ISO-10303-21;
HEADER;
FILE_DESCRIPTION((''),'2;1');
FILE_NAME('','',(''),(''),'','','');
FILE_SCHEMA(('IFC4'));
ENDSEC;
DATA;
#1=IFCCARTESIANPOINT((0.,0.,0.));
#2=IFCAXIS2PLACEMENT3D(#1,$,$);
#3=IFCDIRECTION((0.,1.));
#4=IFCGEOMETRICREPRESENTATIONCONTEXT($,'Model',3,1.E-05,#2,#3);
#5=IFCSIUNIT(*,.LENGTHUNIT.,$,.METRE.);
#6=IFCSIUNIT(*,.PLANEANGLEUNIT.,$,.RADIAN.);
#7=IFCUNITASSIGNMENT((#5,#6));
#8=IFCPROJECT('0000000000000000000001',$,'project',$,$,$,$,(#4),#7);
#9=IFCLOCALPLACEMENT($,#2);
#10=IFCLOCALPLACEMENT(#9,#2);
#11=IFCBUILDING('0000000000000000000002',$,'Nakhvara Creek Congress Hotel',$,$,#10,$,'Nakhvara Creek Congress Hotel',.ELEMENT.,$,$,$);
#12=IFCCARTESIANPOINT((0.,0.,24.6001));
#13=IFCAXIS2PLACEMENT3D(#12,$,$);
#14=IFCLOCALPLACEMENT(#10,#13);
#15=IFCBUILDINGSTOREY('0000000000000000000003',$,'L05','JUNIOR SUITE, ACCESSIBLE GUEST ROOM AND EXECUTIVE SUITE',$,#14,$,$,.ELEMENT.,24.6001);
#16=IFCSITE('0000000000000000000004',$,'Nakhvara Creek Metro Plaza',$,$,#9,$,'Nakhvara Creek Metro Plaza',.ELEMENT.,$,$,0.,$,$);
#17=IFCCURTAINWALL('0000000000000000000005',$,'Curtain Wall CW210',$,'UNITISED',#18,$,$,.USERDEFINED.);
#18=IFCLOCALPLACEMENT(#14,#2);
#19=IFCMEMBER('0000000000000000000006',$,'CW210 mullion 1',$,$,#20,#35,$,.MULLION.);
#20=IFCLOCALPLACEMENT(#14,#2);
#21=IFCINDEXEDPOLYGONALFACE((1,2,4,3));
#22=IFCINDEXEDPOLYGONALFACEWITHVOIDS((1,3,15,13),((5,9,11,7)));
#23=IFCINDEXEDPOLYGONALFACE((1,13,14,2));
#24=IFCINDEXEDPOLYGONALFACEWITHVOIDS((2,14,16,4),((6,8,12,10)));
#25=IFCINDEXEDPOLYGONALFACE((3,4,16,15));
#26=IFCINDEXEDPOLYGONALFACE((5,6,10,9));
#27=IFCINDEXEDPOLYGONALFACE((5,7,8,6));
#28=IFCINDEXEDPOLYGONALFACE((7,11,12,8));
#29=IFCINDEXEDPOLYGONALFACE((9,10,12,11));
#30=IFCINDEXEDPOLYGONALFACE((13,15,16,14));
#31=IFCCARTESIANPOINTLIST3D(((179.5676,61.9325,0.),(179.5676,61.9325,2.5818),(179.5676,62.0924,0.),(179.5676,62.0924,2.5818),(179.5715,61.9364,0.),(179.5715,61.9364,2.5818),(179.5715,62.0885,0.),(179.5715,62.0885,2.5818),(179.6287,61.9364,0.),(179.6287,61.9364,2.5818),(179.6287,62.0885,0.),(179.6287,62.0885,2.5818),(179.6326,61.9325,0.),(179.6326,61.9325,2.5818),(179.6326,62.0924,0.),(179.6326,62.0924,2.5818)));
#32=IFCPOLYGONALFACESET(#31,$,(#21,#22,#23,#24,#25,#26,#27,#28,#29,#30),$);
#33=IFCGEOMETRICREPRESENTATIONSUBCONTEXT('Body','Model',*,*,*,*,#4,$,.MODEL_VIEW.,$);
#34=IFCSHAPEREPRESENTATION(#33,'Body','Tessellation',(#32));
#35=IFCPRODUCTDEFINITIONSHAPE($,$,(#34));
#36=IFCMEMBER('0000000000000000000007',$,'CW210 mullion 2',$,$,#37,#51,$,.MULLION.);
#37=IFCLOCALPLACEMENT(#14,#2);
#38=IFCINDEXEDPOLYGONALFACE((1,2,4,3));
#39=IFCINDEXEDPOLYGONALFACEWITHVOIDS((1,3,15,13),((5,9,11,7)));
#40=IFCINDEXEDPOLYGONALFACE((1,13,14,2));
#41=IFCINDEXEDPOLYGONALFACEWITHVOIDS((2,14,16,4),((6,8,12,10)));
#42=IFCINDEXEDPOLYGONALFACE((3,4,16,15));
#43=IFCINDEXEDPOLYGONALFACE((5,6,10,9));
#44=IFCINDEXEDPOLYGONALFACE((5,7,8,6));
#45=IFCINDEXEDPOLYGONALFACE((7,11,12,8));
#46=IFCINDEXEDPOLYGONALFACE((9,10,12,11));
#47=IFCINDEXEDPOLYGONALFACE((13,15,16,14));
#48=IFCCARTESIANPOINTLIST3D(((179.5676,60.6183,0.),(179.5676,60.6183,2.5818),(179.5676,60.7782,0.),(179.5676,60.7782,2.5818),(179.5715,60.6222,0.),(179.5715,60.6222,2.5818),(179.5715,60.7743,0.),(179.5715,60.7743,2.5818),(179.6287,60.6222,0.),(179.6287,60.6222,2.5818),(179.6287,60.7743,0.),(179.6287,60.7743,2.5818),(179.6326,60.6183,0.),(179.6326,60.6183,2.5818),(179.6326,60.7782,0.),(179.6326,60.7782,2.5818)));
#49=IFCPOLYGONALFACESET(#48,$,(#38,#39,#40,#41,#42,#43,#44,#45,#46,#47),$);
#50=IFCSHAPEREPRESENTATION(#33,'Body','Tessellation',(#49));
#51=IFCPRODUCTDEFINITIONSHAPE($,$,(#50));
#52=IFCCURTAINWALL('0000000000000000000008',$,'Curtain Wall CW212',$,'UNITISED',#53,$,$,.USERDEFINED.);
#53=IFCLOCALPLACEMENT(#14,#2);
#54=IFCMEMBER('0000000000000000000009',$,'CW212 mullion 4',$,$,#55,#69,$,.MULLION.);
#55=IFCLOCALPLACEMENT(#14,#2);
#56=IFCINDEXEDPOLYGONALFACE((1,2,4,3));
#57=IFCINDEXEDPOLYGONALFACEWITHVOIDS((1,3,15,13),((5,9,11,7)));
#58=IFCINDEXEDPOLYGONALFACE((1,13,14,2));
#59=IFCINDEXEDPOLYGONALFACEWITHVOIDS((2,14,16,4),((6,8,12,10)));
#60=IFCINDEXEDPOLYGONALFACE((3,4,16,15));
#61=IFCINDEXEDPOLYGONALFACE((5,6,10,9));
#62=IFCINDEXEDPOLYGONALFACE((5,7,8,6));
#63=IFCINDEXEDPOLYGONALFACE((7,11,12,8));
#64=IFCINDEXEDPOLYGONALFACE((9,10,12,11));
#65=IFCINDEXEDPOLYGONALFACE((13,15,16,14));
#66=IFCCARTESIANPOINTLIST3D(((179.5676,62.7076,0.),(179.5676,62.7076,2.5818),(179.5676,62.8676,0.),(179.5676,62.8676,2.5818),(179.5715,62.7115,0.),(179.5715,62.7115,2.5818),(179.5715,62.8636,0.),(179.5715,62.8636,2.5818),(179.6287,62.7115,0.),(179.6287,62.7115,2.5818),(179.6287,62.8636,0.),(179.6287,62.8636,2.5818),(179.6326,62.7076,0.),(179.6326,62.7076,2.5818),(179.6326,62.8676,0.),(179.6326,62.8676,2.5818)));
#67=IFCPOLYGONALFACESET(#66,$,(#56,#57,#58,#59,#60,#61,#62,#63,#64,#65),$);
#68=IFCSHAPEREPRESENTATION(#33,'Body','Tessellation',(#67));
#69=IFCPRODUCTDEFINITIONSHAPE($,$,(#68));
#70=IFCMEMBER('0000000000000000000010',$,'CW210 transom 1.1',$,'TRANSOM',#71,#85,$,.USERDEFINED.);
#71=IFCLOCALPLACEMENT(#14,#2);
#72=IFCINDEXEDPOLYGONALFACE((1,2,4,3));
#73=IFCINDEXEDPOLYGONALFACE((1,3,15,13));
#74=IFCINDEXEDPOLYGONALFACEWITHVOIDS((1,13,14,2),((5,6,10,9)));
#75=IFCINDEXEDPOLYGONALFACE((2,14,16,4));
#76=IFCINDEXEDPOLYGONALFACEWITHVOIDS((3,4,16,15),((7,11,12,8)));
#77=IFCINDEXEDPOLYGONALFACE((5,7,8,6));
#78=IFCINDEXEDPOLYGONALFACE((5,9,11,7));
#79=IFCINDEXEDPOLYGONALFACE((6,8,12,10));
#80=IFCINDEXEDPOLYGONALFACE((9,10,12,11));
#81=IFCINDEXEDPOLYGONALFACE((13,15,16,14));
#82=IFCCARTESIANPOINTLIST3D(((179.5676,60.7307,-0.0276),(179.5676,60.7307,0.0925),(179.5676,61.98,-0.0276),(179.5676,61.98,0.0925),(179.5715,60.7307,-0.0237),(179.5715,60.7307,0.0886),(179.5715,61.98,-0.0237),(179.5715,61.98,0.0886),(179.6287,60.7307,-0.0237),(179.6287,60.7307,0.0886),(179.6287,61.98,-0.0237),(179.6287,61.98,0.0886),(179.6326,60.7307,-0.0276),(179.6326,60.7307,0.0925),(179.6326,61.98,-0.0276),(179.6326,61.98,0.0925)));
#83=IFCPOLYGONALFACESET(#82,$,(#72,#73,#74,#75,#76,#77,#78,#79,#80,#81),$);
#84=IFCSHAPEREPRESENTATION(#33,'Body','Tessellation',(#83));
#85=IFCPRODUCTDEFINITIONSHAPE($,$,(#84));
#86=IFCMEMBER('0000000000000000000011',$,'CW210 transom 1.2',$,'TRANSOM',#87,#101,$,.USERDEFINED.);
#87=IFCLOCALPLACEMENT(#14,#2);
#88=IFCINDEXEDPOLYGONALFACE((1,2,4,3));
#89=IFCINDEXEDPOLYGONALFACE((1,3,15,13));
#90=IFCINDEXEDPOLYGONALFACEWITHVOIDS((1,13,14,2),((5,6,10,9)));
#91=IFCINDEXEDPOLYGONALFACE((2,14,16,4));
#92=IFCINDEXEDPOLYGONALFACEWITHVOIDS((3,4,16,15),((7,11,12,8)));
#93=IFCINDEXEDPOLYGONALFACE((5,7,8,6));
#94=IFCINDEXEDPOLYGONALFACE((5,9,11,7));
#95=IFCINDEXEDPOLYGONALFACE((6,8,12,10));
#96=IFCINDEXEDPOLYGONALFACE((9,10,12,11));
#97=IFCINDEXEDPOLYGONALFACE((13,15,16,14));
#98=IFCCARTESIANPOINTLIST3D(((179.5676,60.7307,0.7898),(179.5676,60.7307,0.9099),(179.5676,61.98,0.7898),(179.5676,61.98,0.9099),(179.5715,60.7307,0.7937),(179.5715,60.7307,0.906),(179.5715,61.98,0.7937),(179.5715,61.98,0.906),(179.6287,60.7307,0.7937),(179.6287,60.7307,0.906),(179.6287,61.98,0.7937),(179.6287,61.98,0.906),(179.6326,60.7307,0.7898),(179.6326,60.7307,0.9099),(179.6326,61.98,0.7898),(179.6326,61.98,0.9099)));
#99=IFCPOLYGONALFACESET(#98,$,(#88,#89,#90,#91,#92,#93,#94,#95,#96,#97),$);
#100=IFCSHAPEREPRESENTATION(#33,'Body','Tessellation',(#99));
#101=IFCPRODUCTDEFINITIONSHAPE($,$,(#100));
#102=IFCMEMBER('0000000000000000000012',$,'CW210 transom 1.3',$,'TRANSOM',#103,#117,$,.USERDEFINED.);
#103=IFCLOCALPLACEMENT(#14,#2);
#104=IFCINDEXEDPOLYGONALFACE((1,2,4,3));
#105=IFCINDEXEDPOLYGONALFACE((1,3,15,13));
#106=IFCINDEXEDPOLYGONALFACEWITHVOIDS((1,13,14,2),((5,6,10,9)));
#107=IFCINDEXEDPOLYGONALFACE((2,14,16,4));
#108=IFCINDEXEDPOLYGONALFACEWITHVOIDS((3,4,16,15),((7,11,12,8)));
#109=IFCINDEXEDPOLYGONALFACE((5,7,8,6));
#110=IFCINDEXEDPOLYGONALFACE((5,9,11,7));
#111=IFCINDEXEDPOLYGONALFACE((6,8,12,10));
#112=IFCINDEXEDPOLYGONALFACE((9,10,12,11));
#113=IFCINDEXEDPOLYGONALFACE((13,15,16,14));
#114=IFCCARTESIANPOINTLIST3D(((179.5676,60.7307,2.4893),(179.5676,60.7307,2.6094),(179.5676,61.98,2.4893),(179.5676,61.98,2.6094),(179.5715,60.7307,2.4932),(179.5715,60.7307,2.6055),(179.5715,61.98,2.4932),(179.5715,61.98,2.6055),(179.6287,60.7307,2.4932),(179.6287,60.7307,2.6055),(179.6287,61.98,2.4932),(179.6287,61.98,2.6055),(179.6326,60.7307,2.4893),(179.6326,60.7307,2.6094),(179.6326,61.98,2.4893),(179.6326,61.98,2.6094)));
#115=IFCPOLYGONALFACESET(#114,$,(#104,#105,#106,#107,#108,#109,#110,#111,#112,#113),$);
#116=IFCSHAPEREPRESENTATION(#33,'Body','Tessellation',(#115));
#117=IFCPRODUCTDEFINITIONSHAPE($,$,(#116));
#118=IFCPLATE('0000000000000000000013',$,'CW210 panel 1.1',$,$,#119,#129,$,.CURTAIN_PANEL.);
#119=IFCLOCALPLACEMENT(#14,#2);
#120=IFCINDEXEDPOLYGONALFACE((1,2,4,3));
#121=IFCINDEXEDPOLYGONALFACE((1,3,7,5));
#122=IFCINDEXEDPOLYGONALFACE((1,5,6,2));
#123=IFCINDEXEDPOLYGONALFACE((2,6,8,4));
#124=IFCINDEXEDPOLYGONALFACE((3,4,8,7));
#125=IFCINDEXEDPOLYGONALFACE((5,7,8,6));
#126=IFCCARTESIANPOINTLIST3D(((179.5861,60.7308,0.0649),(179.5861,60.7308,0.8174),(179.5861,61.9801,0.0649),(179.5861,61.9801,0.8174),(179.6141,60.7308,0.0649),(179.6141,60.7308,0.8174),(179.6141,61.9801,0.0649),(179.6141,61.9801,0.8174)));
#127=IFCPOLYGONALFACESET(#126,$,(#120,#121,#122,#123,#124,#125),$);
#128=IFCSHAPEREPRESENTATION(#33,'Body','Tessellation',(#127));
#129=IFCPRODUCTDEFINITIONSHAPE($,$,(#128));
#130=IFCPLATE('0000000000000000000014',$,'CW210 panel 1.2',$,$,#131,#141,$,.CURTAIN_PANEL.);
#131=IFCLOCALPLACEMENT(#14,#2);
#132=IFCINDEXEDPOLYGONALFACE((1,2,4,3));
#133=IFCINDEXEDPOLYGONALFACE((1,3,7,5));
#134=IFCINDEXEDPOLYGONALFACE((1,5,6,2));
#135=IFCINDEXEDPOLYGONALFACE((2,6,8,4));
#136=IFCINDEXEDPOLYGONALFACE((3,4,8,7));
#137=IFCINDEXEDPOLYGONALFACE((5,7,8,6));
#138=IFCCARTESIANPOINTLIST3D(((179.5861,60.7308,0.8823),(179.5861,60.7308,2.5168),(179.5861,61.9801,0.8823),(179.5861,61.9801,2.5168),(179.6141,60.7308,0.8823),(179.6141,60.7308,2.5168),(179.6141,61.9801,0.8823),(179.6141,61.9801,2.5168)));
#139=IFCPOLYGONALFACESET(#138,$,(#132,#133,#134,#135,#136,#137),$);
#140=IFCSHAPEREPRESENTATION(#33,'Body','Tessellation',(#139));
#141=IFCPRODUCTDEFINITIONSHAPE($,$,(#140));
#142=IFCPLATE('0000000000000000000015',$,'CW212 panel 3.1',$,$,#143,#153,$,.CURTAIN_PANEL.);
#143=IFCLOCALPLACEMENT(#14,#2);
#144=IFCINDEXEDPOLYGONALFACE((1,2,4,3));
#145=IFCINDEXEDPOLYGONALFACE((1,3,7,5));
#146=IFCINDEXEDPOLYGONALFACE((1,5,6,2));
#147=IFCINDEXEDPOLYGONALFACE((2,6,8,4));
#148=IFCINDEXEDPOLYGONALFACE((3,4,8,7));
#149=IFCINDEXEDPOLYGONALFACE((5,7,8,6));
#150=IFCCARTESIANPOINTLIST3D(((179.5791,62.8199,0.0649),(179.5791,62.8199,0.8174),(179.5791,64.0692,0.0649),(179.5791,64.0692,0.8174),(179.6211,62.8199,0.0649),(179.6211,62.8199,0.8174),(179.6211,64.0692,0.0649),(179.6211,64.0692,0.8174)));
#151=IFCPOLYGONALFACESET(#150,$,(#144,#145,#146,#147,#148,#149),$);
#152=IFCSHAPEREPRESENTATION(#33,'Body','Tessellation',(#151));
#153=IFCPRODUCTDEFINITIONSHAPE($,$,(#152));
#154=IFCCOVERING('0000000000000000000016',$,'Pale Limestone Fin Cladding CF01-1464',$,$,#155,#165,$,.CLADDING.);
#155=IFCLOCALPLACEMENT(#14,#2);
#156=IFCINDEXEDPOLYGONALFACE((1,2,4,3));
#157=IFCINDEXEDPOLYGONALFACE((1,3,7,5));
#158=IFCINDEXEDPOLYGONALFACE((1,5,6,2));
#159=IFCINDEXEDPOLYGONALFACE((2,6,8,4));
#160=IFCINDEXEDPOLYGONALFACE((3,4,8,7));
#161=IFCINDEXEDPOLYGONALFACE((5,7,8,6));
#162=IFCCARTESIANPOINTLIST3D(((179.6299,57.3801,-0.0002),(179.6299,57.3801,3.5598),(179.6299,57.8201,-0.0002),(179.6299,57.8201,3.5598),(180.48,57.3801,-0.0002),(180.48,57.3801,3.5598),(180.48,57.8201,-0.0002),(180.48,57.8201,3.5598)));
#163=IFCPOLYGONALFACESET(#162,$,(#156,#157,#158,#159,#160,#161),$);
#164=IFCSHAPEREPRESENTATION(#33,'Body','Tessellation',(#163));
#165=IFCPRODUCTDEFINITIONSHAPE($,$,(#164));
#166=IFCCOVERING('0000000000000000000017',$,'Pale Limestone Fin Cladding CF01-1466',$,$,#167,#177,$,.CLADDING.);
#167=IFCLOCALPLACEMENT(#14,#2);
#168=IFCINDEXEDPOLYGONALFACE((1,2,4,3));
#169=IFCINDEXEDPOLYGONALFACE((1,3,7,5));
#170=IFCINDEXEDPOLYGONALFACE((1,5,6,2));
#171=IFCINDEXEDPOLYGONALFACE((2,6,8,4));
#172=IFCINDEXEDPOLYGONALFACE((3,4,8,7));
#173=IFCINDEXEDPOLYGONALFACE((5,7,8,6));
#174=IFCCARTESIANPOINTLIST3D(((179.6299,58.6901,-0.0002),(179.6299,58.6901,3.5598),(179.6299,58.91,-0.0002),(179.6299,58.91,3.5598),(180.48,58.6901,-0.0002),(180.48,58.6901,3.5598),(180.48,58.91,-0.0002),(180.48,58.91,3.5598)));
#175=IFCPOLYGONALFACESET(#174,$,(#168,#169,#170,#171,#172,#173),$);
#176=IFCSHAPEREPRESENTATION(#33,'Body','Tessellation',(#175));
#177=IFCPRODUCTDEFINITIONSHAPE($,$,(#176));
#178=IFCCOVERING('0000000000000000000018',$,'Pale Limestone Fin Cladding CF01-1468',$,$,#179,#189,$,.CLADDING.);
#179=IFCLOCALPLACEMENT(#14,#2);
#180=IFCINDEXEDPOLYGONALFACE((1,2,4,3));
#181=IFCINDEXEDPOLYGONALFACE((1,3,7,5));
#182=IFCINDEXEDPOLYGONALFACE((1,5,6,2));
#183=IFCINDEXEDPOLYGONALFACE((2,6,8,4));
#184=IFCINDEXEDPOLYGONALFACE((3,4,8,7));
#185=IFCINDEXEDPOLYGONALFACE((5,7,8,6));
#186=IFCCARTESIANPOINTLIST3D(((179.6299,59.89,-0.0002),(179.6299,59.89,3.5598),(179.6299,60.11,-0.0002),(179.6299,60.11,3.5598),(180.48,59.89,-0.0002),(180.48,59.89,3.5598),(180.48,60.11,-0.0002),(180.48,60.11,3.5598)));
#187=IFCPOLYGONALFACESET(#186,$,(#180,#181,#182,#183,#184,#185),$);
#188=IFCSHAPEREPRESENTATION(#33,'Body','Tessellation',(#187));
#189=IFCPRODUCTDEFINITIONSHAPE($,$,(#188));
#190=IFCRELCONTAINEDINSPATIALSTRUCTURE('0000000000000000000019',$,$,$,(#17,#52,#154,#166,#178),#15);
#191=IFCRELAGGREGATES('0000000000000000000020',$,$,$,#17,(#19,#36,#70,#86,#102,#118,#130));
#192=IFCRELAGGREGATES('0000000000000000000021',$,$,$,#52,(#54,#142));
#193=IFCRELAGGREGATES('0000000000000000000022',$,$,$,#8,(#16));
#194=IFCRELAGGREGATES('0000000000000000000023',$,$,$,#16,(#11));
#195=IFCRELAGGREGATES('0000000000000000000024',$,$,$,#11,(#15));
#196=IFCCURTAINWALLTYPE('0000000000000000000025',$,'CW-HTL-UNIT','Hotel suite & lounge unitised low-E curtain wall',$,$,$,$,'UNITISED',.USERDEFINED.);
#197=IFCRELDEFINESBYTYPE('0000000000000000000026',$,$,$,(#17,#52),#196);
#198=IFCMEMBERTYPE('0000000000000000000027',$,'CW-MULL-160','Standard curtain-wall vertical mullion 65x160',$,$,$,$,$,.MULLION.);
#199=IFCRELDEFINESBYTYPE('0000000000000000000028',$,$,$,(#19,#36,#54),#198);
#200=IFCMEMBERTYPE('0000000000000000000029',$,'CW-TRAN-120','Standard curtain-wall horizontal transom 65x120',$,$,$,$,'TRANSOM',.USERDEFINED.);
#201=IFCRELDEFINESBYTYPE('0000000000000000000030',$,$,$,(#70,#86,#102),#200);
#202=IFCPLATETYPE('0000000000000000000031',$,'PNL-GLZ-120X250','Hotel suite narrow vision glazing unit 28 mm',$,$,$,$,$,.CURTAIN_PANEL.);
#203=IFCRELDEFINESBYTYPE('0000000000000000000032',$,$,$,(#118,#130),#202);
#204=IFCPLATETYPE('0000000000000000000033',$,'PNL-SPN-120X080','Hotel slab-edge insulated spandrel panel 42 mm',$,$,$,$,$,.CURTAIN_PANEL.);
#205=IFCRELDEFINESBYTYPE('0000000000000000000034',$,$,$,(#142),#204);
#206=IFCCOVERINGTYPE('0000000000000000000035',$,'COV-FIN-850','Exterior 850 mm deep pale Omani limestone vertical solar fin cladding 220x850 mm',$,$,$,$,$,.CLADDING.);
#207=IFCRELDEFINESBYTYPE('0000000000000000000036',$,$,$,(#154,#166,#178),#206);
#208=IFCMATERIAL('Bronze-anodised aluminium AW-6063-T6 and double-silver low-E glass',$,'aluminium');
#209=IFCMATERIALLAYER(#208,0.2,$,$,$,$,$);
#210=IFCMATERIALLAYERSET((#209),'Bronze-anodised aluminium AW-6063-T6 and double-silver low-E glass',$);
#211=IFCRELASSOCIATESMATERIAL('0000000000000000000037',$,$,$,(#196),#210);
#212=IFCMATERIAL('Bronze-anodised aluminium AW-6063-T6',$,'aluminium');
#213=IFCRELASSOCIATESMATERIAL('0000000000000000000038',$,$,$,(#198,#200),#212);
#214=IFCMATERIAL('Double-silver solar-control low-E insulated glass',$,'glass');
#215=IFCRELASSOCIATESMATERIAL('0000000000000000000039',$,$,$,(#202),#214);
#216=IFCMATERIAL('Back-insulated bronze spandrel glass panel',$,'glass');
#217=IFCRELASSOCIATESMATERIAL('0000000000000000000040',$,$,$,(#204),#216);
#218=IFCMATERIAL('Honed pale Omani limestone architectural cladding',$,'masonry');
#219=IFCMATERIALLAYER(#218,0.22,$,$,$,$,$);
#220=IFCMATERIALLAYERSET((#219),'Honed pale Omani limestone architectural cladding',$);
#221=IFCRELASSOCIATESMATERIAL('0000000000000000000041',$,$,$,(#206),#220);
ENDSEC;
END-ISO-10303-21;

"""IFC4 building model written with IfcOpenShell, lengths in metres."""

from ifc_helpers import new_model, si_unit, direction, frame, origin, origin_2d, place, context, subcontext, project, spatial, rectangle, hollow_rectangle, extrude, material, layer, layer_set, material_profile, profile_set, type_object, element, aggregate, save


model = new_model("IFC4")

# Units and contexts
model_context = context("Model", 3, precision=1e-05, world=origin(), true_north=direction((0.0, 1.0)))
body_context = subcontext(model_context, "Body", "Model", "MODEL_VIEW")
ifc_project = project(units=[si_unit("LENGTHUNIT", "METRE"), si_unit("PLANEANGLEUNIT", "RADIAN")], contexts=[model_context])

# Site, building, storey
site_placement = place(None, origin())
site = spatial("IfcSite", under=ifc_project, at=site_placement, Name="Nakhvara Creek Metro Plaza", LongName="Nakhvara Creek Metro Plaza", CompositionType="ELEMENT", RefElevation=0.0)
building_placement = place(site_placement, origin())
building = spatial("IfcBuilding", under=site, at=building_placement, Name="Nakhvara Creek Congress Hotel", LongName="Nakhvara Creek Congress Hotel", CompositionType="ELEMENT")
storey_placement = place(building_placement, frame((0.0, 0.0, 24.6001)))
storey = spatial("IfcBuildingStorey", under=building, at=storey_placement, Name="L05", Description="JUNIOR SUITE, ACCESSIBLE GUEST ROOM AND EXECUTIVE SUITE", CompositionType="ELEMENT", Elevation=24.6001)

# Curtain wall, members
ifc_material_1 = material(Name="Bronze-anodised aluminium AW-6063-T6 and double-silver low-E glass", Category="aluminium")
ifc_layer_1 = layer(ifc_material_1, 0.2)
ifc_layer_set_1 = layer_set([ifc_layer_1], Name="Bronze-anodised aluminium AW-6063-T6 and double-silver low-E glass")
curtain_wall_type = type_object("IfcCurtainWallType", Name="CW-HTL-UNIT", Description="Hotel suite & lounge unitised low-E curtain wall", ElementType="UNITISED", PredefinedType="USERDEFINED", material=ifc_layer_set_1)
curtain_wall_1_placement = place(storey_placement, origin())
curtain_wall_1 = element("IfcCurtainWall", 1, at=curtain_wall_1_placement, inside=storey, type_object=curtain_wall_type, Name="Curtain Wall CW210", ObjectType="UNITISED", PredefinedType="USERDEFINED")
ifc_material_2 = material(Name="Bronze-anodised aluminium AW-6063-T6", Category="aluminium")
ifc_material_profile_1 = material_profile(ifc_material_2, hollow_rectangle(XDim=0.0649, YDim=0.1599, WallThickness=0.0039, at=origin_2d()), Name="ALU-MULL 65x160x4", Category="LoadBearing")
ifc_profile_set_1 = profile_set([ifc_material_profile_1], Name="Bronze-anodised aluminium AW-6063-T6")
member_type_1 = type_object("IfcMemberType", Name="CW-MULL-160", Description="Standard curtain-wall vertical mullion 65x160", PredefinedType="MULLION", material=ifc_profile_set_1)
member_1_placement = place(storey_placement, frame((179.6001, 62.0125, 0.0), z_axis=(0.0, 0.0, 1.0), x_axis=(1.0, 0.0, 0.0)))
member_1 = element("IfcMember", 2, at=member_1_placement, type_object=member_type_1, Name="CW210 mullion 1", PredefinedType="MULLION", context=body_context, shape_type="SweptSolid", body=[
    extrude(hollow_rectangle(XDim=0.0649, YDim=0.1599, WallThickness=0.0039, at=origin_2d()), origin(), (0.0, 0.0, 1.0), 2.5818),
])
member_2_placement = place(storey_placement, frame((179.6001, 60.6982, 0.0), z_axis=(0.0, 0.0, 1.0), x_axis=(1.0, 0.0, 0.0)))
member_2 = element("IfcMember", 3, at=member_2_placement, type_object=member_type_1, Name="CW210 mullion 2", PredefinedType="MULLION", context=body_context, shape_type="SweptSolid", body=[
    extrude(hollow_rectangle(XDim=0.0649, YDim=0.1599, WallThickness=0.0039, at=origin_2d()), origin(), (0.0, 0.0, 1.0), 2.5818),
])

# Curtain wall, member
curtain_wall_2_placement = place(storey_placement, origin())
curtain_wall_2 = element("IfcCurtainWall", 4, at=curtain_wall_2_placement, inside=storey, type_object=curtain_wall_type, Name="Curtain Wall CW212", ObjectType="UNITISED", PredefinedType="USERDEFINED")
member_3_placement = place(storey_placement, frame((179.6001, 62.7876, 0.0), z_axis=(0.0, 0.0, 1.0), x_axis=(1.0, 0.0, 0.0)))
member_3 = element("IfcMember", 5, at=member_3_placement, type_object=member_type_1, Name="CW212 mullion 4", PredefinedType="MULLION", context=body_context, shape_type="SweptSolid", body=[
    extrude(hollow_rectangle(XDim=0.0649, YDim=0.1599, WallThickness=0.0039, at=origin_2d()), origin(), (0.0, 0.0, 1.0), 2.5818),
])

# Members
ifc_material_profile_2 = material_profile(ifc_material_2, hollow_rectangle(XDim=0.0649, YDim=0.1201, WallThickness=0.0039, at=origin_2d()), Name="ALU-TRAN 65x120x4", Category="LoadBearing")
ifc_profile_set_2 = profile_set([ifc_material_profile_2], Name="Bronze-anodised aluminium AW-6063-T6")
member_type_2 = type_object("IfcMemberType", Name="CW-TRAN-120", Description="Standard curtain-wall horizontal transom 65x120", ElementType="TRANSOM", PredefinedType="USERDEFINED", material=ifc_profile_set_2)
member_4_placement = place(storey_placement, frame((179.6001, 61.98, 0.0325), z_axis=(0.0, -1.0, 0.0), x_axis=(1.0, 0.0, 0.0)))
member_4 = element("IfcMember", 6, at=member_4_placement, type_object=member_type_2, Name="CW210 transom 1.1", ObjectType="TRANSOM", PredefinedType="USERDEFINED", context=body_context, shape_type="SweptSolid", body=[
    extrude(hollow_rectangle(XDim=0.0649, YDim=0.1201, WallThickness=0.0039, at=origin_2d()), origin(), (0.0, 0.0, 1.0), 1.2493),
])
member_5_placement = place(storey_placement, frame((179.6001, 61.98, 0.8499), z_axis=(0.0, -1.0, 0.0), x_axis=(1.0, 0.0, 0.0)))
member_5 = element("IfcMember", 7, at=member_5_placement, type_object=member_type_2, Name="CW210 transom 1.2", ObjectType="TRANSOM", PredefinedType="USERDEFINED", context=body_context, shape_type="SweptSolid", body=[
    extrude(hollow_rectangle(XDim=0.0649, YDim=0.1201, WallThickness=0.0039, at=origin_2d()), origin(), (0.0, 0.0, 1.0), 1.2493),
])
member_6_placement = place(storey_placement, frame((179.6001, 61.98, 2.5493), z_axis=(0.0, -1.0, 0.0), x_axis=(1.0, 0.0, 0.0)))
member_6 = element("IfcMember", 8, at=member_6_placement, type_object=member_type_2, Name="CW210 transom 1.3", ObjectType="TRANSOM", PredefinedType="USERDEFINED", context=body_context, shape_type="SweptSolid", body=[
    extrude(hollow_rectangle(XDim=0.0649, YDim=0.1201, WallThickness=0.0039, at=origin_2d()), origin(), (0.0, 0.0, 1.0), 1.2493),
])

# Plates
ifc_material_3 = material(Name="Double-silver solar-control low-E insulated glass", Category="glass")
plate_type_1 = type_object("IfcPlateType", Name="PNL-GLZ-120X250", Description="Hotel suite narrow vision glazing unit 28 mm", PredefinedType="CURTAIN_PANEL", material=ifc_material_3)
plate_1_placement = place(storey_placement, frame((179.6001, 61.3555, 0.0649), z_axis=(0.0, 0.0, 1.0), x_axis=(0.0, -1.0, 0.0)))
plate_1 = element("IfcPlate", 9, at=plate_1_placement, type_object=plate_type_1, Name="CW210 panel 1.1", PredefinedType="CURTAIN_PANEL", context=body_context, shape_type="SweptSolid", body=[
    extrude(rectangle(XDim=1.2493, YDim=0.0281, at=origin_2d()), origin(), (0.0, 0.0, 1.0), 0.7524),
])
plate_2_placement = place(storey_placement, frame((179.6001, 61.3555, 0.8823), z_axis=(0.0, 0.0, 1.0), x_axis=(0.0, -1.0, 0.0)))
plate_2 = element("IfcPlate", 10, at=plate_2_placement, type_object=plate_type_1, Name="CW210 panel 1.2", PredefinedType="CURTAIN_PANEL", context=body_context, shape_type="SweptSolid", body=[
    extrude(rectangle(XDim=1.2493, YDim=0.0281, at=origin_2d()), origin(), (0.0, 0.0, 1.0), 1.6345),
])
aggregate(curtain_wall_1, [member_1, member_2, member_4, member_5, member_6, plate_1, plate_2])
ifc_material_4 = material(Name="Back-insulated bronze spandrel glass panel", Category="glass")
plate_type_2 = type_object("IfcPlateType", Name="PNL-SPN-120X080", Description="Hotel slab-edge insulated spandrel panel 42 mm", PredefinedType="CURTAIN_PANEL", material=ifc_material_4)
plate_3_placement = place(storey_placement, frame((179.6001, 63.4446, 0.0649), z_axis=(0.0, 0.0, 1.0), x_axis=(0.0, -1.0, 0.0)))
plate_3 = element("IfcPlate", 11, at=plate_3_placement, type_object=plate_type_2, Name="CW212 panel 3.1", PredefinedType="CURTAIN_PANEL", context=body_context, shape_type="SweptSolid", body=[
    extrude(rectangle(XDim=1.2493, YDim=0.042, at=origin_2d()), origin(), (0.0, 0.0, 1.0), 0.7524),
])
aggregate(curtain_wall_2, [member_3, plate_3])

# Coverings
ifc_material_5 = material(Name="Honed pale Omani limestone architectural cladding", Category="masonry")
ifc_layer_2 = layer(ifc_material_5, 0.22)
ifc_layer_set_2 = layer_set([ifc_layer_2], Name="Honed pale Omani limestone architectural cladding")
covering_type = type_object("IfcCoveringType", Name="COV-FIN-850", Description="Exterior 850 mm deep pale Omani limestone vertical solar fin cladding 220x850 mm", PredefinedType="CLADDING", material=ifc_layer_set_2)
covering_1_placement = place(storey_placement, frame((180.0549, 57.6001, -0.0002), z_axis=(0.0, 0.0, 1.0), x_axis=(0.0, 1.0, 0.0)))
element("IfcCovering", 12, at=covering_1_placement, inside=storey, type_object=covering_type, Name="Pale Limestone Fin Cladding CF01-1464", PredefinedType="CLADDING", context=body_context, shape_type="SweptSolid", body=[
    extrude(rectangle(XDim=0.4399, YDim=0.8501, at=origin_2d()), origin(), (0.0, 0.0, 1.0), 3.5601),
])
for number, where, z_axis, x_axis, name in (
    (13, (180.0549, 58.8, -0.0002), (0.0, 0.0, 1.0), (0.0, 1.0, 0.0), "Pale Limestone Fin Cladding CF01-1466"),
    (14, (180.0549, 60.0, -0.0002), (0.0, 0.0, 1.0), (0.0, 1.0, 0.0), "Pale Limestone Fin Cladding CF01-1468"),
):
    element("IfcCovering", number, at=place(storey_placement, frame(where, z_axis=z_axis, x_axis=x_axis)), inside=storey, type_object=covering_type, Name=name, PredefinedType="CLADDING", context=body_context, shape_type="SweptSolid", body=[
        extrude(rectangle(XDim=0.22, YDim=0.8501, at=origin_2d()), origin(), (0.0, 0.0, 1.0), 3.5601),
    ])

save(model, "model.ifc")
